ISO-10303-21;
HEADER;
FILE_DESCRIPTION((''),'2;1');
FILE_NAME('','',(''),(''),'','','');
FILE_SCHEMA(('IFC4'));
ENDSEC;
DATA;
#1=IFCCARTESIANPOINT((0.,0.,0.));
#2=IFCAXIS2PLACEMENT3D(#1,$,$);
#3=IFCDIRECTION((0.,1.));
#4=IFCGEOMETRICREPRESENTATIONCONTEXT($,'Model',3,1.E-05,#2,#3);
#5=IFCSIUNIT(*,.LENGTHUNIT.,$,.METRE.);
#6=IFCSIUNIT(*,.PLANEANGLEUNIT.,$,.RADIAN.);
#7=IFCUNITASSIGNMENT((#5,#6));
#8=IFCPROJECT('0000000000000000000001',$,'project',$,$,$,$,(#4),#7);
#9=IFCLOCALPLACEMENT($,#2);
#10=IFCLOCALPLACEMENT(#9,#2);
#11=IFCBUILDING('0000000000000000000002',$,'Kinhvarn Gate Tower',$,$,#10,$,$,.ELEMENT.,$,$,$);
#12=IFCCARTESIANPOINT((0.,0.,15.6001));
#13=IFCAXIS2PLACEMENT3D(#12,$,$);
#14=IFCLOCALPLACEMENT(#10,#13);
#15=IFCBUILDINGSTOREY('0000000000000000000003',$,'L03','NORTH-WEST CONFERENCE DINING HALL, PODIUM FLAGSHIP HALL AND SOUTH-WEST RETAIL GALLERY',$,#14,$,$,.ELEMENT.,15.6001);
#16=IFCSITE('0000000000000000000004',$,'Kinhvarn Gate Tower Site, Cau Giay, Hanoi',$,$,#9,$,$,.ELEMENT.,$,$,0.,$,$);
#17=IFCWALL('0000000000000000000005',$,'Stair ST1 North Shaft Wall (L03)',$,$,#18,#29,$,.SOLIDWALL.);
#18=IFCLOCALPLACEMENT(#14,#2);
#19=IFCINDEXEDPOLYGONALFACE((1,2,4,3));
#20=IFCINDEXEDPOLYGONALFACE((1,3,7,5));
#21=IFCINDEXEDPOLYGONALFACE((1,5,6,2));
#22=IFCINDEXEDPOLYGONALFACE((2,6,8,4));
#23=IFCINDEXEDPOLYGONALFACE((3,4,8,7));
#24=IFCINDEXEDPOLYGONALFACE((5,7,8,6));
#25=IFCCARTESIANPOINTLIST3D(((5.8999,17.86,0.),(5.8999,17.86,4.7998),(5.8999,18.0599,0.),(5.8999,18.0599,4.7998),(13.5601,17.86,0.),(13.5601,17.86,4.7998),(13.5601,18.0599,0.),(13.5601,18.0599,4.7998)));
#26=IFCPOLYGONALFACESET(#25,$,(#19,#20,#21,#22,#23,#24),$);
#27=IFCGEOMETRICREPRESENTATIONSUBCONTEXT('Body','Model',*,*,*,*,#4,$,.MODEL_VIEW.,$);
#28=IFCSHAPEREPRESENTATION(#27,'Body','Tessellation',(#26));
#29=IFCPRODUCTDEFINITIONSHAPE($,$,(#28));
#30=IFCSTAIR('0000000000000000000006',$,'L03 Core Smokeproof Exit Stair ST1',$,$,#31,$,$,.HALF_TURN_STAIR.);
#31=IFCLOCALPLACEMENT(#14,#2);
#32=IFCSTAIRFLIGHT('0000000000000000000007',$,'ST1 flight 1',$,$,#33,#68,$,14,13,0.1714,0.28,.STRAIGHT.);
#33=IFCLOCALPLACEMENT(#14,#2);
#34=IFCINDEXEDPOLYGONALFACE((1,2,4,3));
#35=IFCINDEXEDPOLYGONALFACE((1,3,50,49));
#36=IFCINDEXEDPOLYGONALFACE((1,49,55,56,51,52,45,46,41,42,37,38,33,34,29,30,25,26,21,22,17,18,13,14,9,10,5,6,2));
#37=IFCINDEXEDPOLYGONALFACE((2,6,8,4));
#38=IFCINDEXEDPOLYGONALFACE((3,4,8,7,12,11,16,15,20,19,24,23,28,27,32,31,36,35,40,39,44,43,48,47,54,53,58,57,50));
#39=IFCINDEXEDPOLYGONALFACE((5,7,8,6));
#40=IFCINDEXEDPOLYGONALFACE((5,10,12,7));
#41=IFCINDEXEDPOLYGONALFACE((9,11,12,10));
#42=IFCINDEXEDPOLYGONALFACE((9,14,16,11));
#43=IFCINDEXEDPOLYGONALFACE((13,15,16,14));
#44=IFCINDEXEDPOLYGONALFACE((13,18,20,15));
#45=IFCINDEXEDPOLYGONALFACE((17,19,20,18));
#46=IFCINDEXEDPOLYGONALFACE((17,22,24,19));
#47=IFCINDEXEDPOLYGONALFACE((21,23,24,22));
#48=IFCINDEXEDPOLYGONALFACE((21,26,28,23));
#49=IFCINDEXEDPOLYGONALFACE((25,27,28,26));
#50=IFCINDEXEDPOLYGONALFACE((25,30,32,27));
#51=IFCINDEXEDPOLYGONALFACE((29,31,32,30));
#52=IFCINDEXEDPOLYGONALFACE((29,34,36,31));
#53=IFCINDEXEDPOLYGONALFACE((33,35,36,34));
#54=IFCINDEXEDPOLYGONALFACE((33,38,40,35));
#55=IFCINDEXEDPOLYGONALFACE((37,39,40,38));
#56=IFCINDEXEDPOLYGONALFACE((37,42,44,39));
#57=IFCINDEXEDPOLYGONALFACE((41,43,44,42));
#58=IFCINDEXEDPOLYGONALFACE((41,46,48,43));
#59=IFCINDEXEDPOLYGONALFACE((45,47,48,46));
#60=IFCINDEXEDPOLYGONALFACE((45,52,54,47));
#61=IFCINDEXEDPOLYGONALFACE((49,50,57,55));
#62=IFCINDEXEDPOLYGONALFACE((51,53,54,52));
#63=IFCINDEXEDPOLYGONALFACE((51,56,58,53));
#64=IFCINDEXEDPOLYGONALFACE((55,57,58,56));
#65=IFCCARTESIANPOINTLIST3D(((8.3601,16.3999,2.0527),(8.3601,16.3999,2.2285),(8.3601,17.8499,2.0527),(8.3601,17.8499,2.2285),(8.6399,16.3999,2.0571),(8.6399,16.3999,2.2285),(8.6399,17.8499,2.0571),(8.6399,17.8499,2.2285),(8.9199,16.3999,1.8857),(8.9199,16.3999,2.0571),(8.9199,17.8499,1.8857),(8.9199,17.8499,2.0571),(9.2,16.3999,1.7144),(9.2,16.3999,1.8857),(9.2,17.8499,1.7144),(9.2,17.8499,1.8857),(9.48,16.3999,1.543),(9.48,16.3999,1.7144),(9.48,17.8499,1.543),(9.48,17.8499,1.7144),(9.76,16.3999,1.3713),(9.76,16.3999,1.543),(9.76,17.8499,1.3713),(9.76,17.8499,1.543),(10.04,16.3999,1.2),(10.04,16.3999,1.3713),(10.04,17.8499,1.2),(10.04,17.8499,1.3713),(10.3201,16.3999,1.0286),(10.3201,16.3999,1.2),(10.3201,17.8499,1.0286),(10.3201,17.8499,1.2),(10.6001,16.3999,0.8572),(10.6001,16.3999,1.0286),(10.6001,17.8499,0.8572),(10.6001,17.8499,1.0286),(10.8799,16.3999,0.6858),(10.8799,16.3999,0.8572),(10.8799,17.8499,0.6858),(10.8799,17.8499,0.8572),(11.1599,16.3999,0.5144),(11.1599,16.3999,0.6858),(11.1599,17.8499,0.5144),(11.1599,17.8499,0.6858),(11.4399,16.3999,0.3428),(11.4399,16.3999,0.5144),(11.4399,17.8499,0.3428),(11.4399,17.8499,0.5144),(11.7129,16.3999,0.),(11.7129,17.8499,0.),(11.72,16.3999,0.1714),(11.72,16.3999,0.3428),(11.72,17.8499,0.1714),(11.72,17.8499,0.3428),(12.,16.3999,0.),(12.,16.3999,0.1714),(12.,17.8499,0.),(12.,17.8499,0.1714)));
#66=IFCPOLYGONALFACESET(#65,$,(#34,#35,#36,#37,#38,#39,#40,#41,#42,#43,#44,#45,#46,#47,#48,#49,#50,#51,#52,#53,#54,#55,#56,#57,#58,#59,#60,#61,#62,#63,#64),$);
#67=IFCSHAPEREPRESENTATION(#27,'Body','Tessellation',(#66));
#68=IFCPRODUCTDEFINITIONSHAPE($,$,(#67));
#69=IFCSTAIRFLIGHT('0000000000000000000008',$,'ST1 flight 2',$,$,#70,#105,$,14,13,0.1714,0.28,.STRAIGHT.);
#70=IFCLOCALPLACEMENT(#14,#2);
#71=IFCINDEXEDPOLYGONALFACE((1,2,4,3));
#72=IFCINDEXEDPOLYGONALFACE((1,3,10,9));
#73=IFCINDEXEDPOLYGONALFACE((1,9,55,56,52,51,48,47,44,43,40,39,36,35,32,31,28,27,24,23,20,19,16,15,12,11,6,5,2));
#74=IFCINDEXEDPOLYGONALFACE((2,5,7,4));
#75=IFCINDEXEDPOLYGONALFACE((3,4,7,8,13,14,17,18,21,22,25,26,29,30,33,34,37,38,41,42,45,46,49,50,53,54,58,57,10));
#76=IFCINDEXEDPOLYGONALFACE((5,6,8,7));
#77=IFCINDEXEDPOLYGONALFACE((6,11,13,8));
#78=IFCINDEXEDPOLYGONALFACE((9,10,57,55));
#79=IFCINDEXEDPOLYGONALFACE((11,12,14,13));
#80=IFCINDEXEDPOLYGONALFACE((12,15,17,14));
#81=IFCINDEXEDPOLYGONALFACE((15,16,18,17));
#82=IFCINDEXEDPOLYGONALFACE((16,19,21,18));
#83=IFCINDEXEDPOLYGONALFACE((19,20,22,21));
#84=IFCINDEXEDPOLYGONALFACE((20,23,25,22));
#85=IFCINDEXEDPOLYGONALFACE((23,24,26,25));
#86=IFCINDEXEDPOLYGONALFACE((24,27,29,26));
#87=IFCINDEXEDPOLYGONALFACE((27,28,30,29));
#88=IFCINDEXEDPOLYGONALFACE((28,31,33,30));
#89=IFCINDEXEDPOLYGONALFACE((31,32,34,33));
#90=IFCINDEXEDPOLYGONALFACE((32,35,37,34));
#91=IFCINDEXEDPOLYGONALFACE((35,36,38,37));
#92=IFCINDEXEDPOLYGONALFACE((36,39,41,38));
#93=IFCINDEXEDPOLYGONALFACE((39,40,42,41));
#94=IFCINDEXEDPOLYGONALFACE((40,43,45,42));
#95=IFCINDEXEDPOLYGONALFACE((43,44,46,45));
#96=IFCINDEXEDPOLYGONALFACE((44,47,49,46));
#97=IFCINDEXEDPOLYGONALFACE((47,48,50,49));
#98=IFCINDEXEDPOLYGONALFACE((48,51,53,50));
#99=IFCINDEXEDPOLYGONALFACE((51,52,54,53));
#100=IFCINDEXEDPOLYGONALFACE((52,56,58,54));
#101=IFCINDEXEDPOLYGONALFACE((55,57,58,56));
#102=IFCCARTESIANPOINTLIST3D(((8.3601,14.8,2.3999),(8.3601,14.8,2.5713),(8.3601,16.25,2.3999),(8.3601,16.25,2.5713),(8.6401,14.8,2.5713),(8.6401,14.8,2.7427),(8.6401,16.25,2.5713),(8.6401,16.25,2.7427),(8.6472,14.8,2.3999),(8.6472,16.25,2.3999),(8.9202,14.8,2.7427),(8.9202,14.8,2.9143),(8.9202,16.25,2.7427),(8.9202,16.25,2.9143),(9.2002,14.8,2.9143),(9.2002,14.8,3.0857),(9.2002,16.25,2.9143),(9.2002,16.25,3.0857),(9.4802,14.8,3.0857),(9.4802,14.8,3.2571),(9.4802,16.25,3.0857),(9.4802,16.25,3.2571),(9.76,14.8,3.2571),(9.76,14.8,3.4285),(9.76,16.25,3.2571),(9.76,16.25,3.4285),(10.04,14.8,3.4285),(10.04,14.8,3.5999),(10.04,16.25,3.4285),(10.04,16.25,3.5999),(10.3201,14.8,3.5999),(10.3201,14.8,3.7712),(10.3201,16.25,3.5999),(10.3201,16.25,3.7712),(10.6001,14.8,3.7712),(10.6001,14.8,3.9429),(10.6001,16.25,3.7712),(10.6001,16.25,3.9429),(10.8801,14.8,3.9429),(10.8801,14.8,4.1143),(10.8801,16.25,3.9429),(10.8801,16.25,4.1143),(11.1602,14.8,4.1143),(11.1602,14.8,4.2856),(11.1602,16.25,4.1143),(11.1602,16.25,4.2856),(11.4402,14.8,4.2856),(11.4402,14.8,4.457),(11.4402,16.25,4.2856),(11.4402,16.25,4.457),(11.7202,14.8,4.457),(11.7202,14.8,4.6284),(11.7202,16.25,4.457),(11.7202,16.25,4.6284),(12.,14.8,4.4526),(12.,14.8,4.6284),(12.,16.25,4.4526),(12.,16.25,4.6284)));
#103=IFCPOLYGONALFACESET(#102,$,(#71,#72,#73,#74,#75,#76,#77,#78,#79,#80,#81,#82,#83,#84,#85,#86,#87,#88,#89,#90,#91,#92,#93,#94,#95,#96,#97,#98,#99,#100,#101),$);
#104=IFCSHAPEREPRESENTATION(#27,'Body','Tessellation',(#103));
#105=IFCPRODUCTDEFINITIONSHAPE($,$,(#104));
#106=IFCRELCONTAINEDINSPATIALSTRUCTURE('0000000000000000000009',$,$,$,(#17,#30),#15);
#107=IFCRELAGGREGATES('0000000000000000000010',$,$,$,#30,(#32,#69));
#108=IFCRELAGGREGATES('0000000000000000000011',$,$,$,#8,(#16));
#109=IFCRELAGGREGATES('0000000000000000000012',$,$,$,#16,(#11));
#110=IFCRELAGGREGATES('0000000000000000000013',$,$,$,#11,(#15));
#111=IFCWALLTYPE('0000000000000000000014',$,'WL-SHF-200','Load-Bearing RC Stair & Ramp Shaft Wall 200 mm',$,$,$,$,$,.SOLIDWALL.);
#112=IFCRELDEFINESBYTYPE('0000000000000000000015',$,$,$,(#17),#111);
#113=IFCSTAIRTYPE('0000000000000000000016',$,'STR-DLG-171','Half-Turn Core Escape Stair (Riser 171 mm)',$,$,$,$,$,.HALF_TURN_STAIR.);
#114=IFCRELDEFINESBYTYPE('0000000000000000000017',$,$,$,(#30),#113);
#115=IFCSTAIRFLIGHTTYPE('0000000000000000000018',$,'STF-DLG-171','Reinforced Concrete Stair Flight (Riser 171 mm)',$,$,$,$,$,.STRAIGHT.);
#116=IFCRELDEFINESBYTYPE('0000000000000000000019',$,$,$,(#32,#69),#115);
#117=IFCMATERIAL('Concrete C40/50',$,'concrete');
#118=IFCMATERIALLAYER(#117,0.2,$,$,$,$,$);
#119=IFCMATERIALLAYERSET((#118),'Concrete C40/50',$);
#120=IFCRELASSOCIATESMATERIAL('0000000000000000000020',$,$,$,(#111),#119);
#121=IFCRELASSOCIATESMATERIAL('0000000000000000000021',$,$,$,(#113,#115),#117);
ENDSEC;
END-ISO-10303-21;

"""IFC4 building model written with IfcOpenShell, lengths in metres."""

from ifc_helpers import new_model, si_unit, direction, frame, frame_2d, origin, place, context, subcontext, project, spatial, polyline, rectangle, outline, extrude, material, layer, layer_set, type_object, element, aggregate, save


model = new_model("IFC4")

# Units and contexts
model_context = context("Model", 3, precision=1e-05, world=origin(), true_north=direction((0.0, 1.0)))
body_context = subcontext(model_context, "Body", "Model", "MODEL_VIEW")
ifc_project = project(units=[si_unit("LENGTHUNIT", "METRE"), si_unit("PLANEANGLEUNIT", "RADIAN")], contexts=[model_context])

# Site, building, storey
site_placement = place(None, origin())
site = spatial("IfcSite", under=ifc_project, at=site_placement, Name="Kinhvarn Gate Tower Site, Cau Giay, Hanoi", CompositionType="ELEMENT", RefElevation=0.0)
building_placement = place(site_placement, origin())
building = spatial("IfcBuilding", under=site, at=building_placement, Name="Kinhvarn Gate Tower", CompositionType="ELEMENT")
storey_placement = place(building_placement, frame((0.0, 0.0, 15.6001)))
storey = spatial("IfcBuildingStorey", under=building, at=storey_placement, Name="L03", Description="NORTH-WEST CONFERENCE DINING HALL, PODIUM FLAGSHIP HALL AND SOUTH-WEST RETAIL GALLERY", CompositionType="ELEMENT", Elevation=15.6001)

# Wall
ifc_material_1 = material(Name="Concrete C40/50", Category="concrete")
ifc_layer_1 = layer(ifc_material_1, 0.2)
ifc_layer_set_1 = layer_set([ifc_layer_1], Name="Concrete C40/50")
wall_type_1 = type_object("IfcWallType", Name="WL-SHF-200", Description="Load-Bearing RC Stair & Ramp Shaft Wall 200 mm", PredefinedType="SOLIDWALL", material=ifc_layer_set_1)
wall_1_placement = place(storey_placement, frame((5.8999, 17.96, 0.0), z_axis=(0.0, 0.0, 1.0), x_axis=(1.0, 0.0, 0.0)))
element("IfcWall", 1, at=wall_1_placement, inside=storey, type_object=wall_type_1, Name="Stair ST1 North Shaft Wall (L03)", PredefinedType="SOLIDWALL", context=body_context, shape_type="SweptSolid", body=[
    extrude(rectangle(XDim=7.6602, YDim=0.2, at=frame_2d((3.8301, 0.0))), origin(), (0.0, 0.0, 1.0), 4.7998),
])

# Stair, stair flights
stair_type = type_object("IfcStairType", Name="STR-DLG-171", Description="Half-Turn Core Escape Stair (Riser 171 mm)", PredefinedType="HALF_TURN_STAIR", material=ifc_material_1)
stair_placement = place(storey_placement, origin())
stair = element("IfcStair", 2, at=stair_placement, inside=storey, type_object=stair_type, Name="L03 Core Smokeproof Exit Stair ST1", PredefinedType="HALF_TURN_STAIR")
stair_flight_type = type_object("IfcStairFlightType", Name="STF-DLG-171", Description="Reinforced Concrete Stair Flight (Riser 171 mm)", PredefinedType="STRAIGHT", material=ifc_material_1)
stair_flight_1_placement = place(storey_placement, frame((12.0, 17.125, 0.0), z_axis=(0.0, 0.0, 1.0), x_axis=(-1.0, 0.0, 0.0)))
stair_flight_1 = element("IfcStairFlight", 3, at=stair_flight_1_placement, type_object=stair_flight_type, Name="ST1 flight 1", NumberOfRisers=14, NumberOfTreads=13, PredefinedType="STRAIGHT", RiserHeight=0.1714, TreadLength=0.28, context=body_context, shape_type="SweptSolid", body=[
    extrude(outline(polyline([(0.0, 0.0), (0.0, 0.1714), (0.28, 0.1714), (0.28, 0.3428), (0.5601, 0.3428), (0.5601, 0.5144), (0.8401, 0.5144), (0.8401, 0.6858), (1.1201, 0.6858), (1.1201, 0.8572), (1.3999, 0.8572), (1.3999, 1.0286), (1.6799, 1.0286), (1.6799, 1.2), (1.96, 1.2), (1.96, 1.3713), (2.24, 1.3713), (2.24, 1.543), (2.52, 1.543), (2.52, 1.7144), (2.8, 1.7144), (2.8, 1.8857), (3.0801, 1.8857), (3.0801, 2.0571), (3.3601, 2.0571), (3.3601, 2.2285), (3.6399, 2.2285), (3.6399, 2.3999), (3.6399, 2.0527), (0.2871, 0.0), (0.0, 0.0)])), frame((0.0, 0.7251, 0.0), z_axis=(0.0, -1.0, 0.0), x_axis=(1.0, 0.0, 0.0)), (0.0, 0.0, 1.0), 1.45),
])
stair_flight_2_placement = place(storey_placement, frame((8.3601, 15.5249, 2.3999), z_axis=(0.0, 0.0, 1.0), x_axis=(1.0, 0.0, 0.0)))
stair_flight_2 = element("IfcStairFlight", 4, at=stair_flight_2_placement, type_object=stair_flight_type, Name="ST1 flight 2", NumberOfRisers=14, NumberOfTreads=13, PredefinedType="STRAIGHT", RiserHeight=0.1714, TreadLength=0.28, context=body_context, shape_type="SweptSolid", body=[
    extrude(outline(polyline([(0.0, 0.0), (0.0, 0.1714), (0.28, 0.1714), (0.28, 0.3428), (0.5601, 0.3428), (0.5601, 0.5144), (0.8401, 0.5144), (0.8401, 0.6858), (1.1201, 0.6858), (1.1201, 0.8572), (1.3999, 0.8572), (1.3999, 1.0286), (1.6799, 1.0286), (1.6799, 1.2), (1.96, 1.2), (1.96, 1.3713), (2.24, 1.3713), (2.24, 1.543), (2.52, 1.543), (2.52, 1.7144), (2.8, 1.7144), (2.8, 1.8857), (3.0801, 1.8857), (3.0801, 2.0571), (3.3601, 2.0571), (3.3601, 2.2285), (3.6399, 2.2285), (3.6399, 2.3999), (3.6399, 2.0527), (0.2871, 0.0), (0.0, 0.0)])), frame((0.0, 0.7251, 0.0), z_axis=(0.0, -1.0, 0.0), x_axis=(1.0, 0.0, 0.0)), (0.0, 0.0, 1.0), 1.45),
])
aggregate(stair, [stair_flight_1, stair_flight_2])

save(model, "model.ifc")
